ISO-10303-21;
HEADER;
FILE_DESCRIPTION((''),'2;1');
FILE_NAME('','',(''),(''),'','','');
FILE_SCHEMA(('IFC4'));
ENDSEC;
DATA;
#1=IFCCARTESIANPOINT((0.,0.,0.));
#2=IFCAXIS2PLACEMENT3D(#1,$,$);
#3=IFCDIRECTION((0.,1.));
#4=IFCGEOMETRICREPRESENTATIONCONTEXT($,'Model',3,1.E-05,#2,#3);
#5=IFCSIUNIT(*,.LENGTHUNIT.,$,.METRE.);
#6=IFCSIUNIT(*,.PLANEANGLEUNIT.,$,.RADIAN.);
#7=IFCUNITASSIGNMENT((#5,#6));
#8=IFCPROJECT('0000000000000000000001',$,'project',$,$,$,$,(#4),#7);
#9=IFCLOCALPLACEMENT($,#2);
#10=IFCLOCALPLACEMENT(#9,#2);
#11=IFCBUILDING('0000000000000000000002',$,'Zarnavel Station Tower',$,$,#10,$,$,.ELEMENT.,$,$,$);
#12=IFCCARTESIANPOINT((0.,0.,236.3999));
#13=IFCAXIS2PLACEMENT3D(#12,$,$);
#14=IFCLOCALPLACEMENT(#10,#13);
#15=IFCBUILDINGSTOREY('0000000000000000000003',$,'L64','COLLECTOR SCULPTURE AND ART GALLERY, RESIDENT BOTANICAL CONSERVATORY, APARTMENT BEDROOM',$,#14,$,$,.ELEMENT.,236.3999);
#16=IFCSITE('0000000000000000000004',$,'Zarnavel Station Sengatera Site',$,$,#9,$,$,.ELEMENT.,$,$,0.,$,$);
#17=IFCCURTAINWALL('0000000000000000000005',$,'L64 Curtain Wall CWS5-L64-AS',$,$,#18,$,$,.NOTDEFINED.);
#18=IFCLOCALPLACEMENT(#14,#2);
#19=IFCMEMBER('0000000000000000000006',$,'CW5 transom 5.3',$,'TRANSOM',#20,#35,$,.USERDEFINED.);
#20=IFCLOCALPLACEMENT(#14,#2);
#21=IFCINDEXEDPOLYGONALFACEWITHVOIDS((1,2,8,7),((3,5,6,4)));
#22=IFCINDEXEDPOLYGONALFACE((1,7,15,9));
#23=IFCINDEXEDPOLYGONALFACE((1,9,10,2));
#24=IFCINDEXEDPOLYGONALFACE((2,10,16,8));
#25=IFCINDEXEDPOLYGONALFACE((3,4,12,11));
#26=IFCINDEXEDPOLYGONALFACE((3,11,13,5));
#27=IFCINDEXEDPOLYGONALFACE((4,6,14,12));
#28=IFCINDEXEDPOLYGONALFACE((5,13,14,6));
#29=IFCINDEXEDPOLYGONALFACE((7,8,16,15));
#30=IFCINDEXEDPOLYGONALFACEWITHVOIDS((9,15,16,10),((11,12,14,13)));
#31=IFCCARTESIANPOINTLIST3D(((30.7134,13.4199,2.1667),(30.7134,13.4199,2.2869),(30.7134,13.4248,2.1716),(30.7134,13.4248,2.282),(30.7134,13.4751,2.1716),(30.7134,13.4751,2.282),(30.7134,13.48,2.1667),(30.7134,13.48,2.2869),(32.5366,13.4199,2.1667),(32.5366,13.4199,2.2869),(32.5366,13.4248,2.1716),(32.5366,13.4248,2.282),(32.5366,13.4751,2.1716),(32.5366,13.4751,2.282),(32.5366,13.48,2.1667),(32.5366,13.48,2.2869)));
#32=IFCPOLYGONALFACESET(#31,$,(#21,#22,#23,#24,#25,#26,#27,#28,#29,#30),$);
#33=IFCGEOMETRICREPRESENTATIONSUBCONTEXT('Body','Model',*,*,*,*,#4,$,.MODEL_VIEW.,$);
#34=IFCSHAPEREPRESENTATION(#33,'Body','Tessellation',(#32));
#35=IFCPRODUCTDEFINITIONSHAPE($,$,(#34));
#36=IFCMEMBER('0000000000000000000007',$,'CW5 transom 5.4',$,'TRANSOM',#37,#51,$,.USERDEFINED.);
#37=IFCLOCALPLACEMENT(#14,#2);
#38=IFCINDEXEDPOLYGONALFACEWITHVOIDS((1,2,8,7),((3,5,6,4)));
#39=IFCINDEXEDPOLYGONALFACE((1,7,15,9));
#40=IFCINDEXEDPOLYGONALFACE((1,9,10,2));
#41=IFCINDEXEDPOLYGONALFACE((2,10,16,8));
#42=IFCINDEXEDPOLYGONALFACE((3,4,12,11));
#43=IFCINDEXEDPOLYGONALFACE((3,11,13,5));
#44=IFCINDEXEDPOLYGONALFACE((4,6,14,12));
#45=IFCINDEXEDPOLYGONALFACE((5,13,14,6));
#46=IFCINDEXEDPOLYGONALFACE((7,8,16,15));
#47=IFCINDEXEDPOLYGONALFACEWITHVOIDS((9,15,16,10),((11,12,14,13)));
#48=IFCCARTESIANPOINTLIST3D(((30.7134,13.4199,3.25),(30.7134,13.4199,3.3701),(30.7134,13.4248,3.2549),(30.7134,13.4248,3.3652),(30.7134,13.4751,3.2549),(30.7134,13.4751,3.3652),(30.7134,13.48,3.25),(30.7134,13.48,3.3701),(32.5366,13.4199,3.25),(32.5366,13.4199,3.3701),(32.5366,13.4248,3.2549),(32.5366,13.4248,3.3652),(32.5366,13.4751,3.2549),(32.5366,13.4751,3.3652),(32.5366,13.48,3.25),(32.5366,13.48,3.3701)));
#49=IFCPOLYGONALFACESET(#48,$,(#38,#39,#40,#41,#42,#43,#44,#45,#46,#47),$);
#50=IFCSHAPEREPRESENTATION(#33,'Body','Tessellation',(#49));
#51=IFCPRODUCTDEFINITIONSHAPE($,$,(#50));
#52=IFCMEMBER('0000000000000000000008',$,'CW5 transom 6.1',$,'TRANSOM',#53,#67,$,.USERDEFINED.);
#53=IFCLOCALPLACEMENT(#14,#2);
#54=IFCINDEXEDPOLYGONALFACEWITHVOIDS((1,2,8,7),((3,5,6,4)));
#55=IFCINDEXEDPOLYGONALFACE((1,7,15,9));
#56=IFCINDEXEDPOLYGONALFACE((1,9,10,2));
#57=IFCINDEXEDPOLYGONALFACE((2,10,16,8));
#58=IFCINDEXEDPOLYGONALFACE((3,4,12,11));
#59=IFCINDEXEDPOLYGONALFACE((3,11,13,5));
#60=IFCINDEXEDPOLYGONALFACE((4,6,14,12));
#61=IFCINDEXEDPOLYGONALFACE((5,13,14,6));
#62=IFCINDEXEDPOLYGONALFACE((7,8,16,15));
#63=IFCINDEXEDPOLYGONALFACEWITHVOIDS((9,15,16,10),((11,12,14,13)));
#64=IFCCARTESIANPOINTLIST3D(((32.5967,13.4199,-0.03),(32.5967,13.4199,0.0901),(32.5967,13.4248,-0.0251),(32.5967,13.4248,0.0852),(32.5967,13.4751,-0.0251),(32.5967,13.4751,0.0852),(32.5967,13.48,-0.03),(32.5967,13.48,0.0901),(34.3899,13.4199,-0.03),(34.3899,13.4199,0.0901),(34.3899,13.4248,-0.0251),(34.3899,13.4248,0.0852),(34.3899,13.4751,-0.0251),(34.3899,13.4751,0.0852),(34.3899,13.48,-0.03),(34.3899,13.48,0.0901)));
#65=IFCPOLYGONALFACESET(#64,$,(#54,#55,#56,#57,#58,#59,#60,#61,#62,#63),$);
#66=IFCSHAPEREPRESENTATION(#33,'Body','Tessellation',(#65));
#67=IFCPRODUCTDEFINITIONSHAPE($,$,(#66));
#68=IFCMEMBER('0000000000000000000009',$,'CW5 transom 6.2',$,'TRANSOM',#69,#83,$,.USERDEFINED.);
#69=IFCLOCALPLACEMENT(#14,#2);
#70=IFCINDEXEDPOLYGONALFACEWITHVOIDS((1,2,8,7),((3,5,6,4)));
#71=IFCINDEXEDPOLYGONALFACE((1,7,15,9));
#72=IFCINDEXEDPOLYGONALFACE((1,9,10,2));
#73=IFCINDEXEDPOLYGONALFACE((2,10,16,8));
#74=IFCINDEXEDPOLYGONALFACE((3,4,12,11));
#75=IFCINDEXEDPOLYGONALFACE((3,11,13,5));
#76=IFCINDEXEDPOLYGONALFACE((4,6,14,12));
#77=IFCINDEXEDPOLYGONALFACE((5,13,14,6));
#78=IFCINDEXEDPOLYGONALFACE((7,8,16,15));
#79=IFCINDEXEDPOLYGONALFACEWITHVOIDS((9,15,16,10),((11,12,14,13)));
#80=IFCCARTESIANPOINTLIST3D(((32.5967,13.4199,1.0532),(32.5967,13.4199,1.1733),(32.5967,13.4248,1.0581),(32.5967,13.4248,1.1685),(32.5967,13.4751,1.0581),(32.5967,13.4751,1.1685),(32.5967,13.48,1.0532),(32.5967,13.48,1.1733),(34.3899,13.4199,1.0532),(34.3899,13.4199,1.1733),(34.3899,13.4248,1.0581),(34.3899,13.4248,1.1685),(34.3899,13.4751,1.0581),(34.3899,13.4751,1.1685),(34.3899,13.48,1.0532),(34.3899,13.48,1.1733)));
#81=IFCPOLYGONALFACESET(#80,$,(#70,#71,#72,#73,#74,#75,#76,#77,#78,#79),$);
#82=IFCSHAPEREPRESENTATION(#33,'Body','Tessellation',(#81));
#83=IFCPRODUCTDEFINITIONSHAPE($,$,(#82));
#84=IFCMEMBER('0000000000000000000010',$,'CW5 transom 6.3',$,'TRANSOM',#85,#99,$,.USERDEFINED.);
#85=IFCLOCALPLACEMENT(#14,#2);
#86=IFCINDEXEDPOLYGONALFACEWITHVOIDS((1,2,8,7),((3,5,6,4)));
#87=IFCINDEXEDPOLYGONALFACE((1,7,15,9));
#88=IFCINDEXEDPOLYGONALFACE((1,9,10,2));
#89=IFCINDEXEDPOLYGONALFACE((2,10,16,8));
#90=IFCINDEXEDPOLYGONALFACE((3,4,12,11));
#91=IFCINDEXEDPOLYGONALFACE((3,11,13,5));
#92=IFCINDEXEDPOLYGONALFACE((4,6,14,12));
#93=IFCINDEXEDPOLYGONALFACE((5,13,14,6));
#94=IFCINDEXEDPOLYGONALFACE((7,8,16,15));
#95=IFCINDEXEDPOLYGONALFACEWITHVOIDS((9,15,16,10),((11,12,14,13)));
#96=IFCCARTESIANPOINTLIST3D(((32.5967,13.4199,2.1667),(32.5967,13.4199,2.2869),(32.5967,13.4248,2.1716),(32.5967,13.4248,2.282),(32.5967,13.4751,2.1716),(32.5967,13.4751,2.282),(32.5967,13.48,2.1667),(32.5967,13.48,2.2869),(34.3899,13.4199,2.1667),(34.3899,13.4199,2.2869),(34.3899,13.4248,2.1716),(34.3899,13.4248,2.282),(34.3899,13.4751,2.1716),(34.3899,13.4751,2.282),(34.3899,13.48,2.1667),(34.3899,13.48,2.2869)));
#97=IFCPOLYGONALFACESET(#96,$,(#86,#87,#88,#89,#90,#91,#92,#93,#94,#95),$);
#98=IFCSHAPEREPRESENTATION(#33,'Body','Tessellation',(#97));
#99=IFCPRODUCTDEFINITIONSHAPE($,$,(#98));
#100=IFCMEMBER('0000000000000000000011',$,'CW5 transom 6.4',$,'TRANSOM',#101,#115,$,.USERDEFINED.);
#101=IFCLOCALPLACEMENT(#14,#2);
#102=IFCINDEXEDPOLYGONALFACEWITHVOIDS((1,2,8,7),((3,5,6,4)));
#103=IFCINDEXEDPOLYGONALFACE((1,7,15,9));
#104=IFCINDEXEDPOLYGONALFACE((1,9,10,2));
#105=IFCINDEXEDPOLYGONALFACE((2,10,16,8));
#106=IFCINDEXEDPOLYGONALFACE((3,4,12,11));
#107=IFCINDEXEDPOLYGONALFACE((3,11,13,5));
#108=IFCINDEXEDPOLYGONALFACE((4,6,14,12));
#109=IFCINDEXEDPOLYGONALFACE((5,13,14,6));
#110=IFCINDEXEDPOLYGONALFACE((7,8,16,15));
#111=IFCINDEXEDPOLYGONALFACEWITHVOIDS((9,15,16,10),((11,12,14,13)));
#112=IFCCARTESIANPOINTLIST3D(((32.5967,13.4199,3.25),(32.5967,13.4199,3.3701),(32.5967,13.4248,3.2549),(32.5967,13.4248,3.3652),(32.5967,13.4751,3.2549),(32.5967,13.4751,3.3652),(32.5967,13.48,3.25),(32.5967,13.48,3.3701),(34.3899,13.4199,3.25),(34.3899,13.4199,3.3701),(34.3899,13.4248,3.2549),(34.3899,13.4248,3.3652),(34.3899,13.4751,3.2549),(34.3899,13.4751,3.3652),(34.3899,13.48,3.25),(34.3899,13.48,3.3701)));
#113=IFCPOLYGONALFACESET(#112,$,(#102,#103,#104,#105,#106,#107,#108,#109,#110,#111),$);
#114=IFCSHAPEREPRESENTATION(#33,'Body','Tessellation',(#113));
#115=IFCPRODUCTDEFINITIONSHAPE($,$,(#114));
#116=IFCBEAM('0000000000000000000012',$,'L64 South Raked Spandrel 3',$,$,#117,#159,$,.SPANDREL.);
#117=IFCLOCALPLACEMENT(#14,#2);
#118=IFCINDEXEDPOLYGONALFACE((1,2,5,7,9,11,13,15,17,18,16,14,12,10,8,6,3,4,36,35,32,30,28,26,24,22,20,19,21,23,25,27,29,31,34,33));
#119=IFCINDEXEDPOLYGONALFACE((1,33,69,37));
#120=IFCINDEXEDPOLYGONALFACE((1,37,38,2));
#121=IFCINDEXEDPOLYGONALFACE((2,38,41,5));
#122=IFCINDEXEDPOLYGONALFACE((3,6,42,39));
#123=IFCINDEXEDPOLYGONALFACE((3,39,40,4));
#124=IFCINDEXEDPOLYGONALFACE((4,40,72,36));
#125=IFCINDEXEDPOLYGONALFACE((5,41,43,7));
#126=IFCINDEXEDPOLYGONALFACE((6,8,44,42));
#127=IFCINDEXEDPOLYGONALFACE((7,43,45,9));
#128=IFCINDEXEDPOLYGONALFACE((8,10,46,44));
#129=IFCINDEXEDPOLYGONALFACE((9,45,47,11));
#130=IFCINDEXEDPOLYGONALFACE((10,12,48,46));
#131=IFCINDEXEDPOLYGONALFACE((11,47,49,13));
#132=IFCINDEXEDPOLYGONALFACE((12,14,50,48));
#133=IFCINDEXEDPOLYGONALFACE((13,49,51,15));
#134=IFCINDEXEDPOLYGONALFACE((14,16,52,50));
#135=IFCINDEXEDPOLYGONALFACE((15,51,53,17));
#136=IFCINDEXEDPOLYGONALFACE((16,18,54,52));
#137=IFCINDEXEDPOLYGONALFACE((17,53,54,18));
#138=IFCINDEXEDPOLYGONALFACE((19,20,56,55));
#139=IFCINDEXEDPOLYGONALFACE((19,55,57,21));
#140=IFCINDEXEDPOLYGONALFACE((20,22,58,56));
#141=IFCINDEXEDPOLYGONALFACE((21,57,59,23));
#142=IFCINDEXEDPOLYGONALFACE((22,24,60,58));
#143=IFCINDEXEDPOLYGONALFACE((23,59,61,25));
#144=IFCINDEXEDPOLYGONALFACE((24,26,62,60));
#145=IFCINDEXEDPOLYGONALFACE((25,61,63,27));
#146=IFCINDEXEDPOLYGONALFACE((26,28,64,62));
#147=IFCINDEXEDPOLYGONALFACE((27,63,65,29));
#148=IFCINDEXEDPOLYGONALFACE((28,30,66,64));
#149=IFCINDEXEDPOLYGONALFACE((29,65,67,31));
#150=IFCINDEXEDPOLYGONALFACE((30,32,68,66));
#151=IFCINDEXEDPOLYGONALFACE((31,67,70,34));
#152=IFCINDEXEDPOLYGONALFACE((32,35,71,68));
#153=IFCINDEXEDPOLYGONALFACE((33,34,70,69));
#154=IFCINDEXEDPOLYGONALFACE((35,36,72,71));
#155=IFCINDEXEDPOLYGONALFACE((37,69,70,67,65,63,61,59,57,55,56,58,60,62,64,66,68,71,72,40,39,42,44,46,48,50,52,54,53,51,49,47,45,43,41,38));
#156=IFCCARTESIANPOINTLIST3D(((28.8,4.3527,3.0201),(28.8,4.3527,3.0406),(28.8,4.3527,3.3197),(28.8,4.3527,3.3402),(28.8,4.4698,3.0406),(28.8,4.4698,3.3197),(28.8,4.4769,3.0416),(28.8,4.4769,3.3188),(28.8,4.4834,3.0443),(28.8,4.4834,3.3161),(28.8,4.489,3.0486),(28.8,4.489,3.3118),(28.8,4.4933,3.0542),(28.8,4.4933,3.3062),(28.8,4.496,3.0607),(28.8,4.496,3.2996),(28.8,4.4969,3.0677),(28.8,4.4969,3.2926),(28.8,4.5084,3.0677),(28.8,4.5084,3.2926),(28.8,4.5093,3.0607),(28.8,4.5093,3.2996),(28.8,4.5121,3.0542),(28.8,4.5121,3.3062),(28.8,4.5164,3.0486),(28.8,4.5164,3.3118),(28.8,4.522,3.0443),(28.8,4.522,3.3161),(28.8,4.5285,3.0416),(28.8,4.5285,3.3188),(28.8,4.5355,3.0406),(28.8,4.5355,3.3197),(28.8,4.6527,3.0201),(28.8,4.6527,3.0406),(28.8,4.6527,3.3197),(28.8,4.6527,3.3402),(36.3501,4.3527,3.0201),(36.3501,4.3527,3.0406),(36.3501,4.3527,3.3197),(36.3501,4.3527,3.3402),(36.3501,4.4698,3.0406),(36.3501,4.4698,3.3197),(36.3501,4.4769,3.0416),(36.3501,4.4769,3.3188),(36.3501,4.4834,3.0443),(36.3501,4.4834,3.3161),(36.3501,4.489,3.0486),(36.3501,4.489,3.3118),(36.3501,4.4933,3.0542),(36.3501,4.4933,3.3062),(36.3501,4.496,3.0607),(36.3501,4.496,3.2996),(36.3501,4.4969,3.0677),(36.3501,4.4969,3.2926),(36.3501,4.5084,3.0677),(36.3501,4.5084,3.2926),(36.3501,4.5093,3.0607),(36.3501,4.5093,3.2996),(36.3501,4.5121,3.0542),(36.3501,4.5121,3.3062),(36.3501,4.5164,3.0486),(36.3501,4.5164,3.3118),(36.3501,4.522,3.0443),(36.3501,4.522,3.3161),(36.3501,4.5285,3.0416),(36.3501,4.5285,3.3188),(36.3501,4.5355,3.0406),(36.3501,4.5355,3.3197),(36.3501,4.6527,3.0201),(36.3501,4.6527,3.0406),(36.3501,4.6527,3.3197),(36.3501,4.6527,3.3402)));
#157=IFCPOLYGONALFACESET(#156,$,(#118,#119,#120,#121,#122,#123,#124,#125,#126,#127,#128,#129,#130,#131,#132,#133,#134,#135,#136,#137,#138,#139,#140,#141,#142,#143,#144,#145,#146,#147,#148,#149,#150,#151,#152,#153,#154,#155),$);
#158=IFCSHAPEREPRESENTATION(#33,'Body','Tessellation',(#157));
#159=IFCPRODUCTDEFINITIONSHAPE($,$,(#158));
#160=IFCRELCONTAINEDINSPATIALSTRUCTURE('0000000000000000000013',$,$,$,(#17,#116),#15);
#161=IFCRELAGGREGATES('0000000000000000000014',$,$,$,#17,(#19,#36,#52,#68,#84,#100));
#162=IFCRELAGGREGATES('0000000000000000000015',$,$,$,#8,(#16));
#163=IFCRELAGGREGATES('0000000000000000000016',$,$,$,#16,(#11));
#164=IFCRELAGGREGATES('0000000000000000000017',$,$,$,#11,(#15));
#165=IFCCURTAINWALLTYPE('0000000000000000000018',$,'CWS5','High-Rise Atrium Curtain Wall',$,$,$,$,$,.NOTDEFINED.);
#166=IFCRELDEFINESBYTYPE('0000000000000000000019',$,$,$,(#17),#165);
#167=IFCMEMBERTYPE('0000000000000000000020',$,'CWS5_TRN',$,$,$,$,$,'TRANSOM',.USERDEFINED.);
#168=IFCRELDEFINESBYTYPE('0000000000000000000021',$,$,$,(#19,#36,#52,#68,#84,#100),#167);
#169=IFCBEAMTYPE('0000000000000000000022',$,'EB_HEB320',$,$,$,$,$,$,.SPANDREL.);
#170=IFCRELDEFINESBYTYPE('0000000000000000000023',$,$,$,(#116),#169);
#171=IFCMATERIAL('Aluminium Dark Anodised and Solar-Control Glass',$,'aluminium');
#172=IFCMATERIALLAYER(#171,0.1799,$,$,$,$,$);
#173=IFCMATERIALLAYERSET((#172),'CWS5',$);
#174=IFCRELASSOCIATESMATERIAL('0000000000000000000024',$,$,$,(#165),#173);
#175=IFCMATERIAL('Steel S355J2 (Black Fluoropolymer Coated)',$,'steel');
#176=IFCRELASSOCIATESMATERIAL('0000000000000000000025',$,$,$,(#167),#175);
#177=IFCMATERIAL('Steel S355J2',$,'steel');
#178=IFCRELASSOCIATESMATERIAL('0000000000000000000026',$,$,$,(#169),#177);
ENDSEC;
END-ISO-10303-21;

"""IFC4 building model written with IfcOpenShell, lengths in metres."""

from ifc_helpers import new_model, si_unit, direction, frame, origin, origin_2d, place, context, subcontext, project, spatial, hollow_rectangle, i_section, extrude, material, layer, layer_set, material_profile, profile_set, type_object, element, aggregate, save


model = new_model("IFC4")

# Units and contexts
model_context = context("Model", 3, precision=1e-05, world=origin(), true_north=direction((0.0, 1.0)))
body_context = subcontext(model_context, "Body", "Model", "MODEL_VIEW")
ifc_project = project(units=[si_unit("LENGTHUNIT", "METRE"), si_unit("PLANEANGLEUNIT", "RADIAN")], contexts=[model_context])

# Site, building, storey
site_placement = place(None, origin())
site = spatial("IfcSite", under=ifc_project, at=site_placement, Name="Zarnavel Station Sengatera Site", CompositionType="ELEMENT", RefElevation=0.0)
building_placement = place(site_placement, origin())
building = spatial("IfcBuilding", under=site, at=building_placement, Name="Zarnavel Station Tower", CompositionType="ELEMENT")
storey_placement = place(building_placement, frame((0.0, 0.0, 236.3999)))
storey = spatial("IfcBuildingStorey", under=building, at=storey_placement, Name="L64", Description="COLLECTOR SCULPTURE AND ART GALLERY, RESIDENT BOTANICAL CONSERVATORY, APARTMENT BEDROOM", CompositionType="ELEMENT", Elevation=236.3999)

# Curtain wall, members
ifc_material_1 = material(Name="Aluminium Dark Anodised and Solar-Control Glass", Category="aluminium")
ifc_layer_1 = layer(ifc_material_1, 0.1799)
ifc_layer_set_1 = layer_set([ifc_layer_1], Name="CWS5")
curtain_wall_type = type_object("IfcCurtainWallType", Name="CWS5", Description="High-Rise Atrium Curtain Wall", PredefinedType="NOTDEFINED", material=ifc_layer_set_1)
curtain_wall_placement = place(storey_placement, origin())
curtain_wall = element("IfcCurtainWall", 1, at=curtain_wall_placement, inside=storey, type_object=curtain_wall_type, Name="L64 Curtain Wall CWS5-L64-AS", PredefinedType="NOTDEFINED")
ifc_material_2 = material(Name="Steel S355J2 (Black Fluoropolymer Coated)", Category="steel")
ifc_material_profile_1 = material_profile(ifc_material_2, hollow_rectangle(XDim=0.0601, YDim=0.1201, WallThickness=0.0049, at=origin_2d()), Name="RHS120x60x5")
ifc_profile_set_1 = profile_set([ifc_material_profile_1], Name="Steel S355J2 (Black Fluoropolymer Coated)")
member_type_1 = type_object("IfcMemberType", Name="CWS5_TRN", ElementType="TRANSOM", PredefinedType="USERDEFINED", material=ifc_profile_set_1)
member_1_placement = place(storey_placement, frame((30.7134, 13.45, 2.2268), z_axis=(1.0, 0.0, 0.0), x_axis=(0.0, 1.0, 0.0)))
member_1 = element("IfcMember", 2, at=member_1_placement, type_object=member_type_1, Name="CW5 transom 5.3", ObjectType="TRANSOM", PredefinedType="USERDEFINED", context=body_context, shape_type="SweptSolid", body=[
    extrude(hollow_rectangle(XDim=0.0601, YDim=0.1201, WallThickness=0.0049, at=origin_2d()), origin(), (0.0, 0.0, 1.0), 1.8232),
])
member_2_placement = place(storey_placement, frame((30.7134, 13.45, 3.3101), z_axis=(1.0, 0.0, 0.0), x_axis=(0.0, 1.0, 0.0)))
member_2 = element("IfcMember", 3, at=member_2_placement, type_object=member_type_1, Name="CW5 transom 5.4", ObjectType="TRANSOM", PredefinedType="USERDEFINED", context=body_context, shape_type="SweptSolid", body=[
    extrude(hollow_rectangle(XDim=0.0601, YDim=0.1201, WallThickness=0.0049, at=origin_2d()), origin(), (0.0, 0.0, 1.0), 1.8232),
])
member_3_placement = place(storey_placement, frame((32.5967, 13.45, 0.03), z_axis=(1.0, 0.0, 0.0), x_axis=(0.0, 1.0, 0.0)))
member_3 = element("IfcMember", 4, at=member_3_placement, type_object=member_type_1, Name="CW5 transom 6.1", ObjectType="TRANSOM", PredefinedType="USERDEFINED", context=body_context, shape_type="SweptSolid", body=[
    extrude(hollow_rectangle(XDim=0.0601, YDim=0.1201, WallThickness=0.0049, at=origin_2d()), origin(), (0.0, 0.0, 1.0), 1.7932),
])
member_4_placement = place(storey_placement, frame((32.5967, 13.45, 1.1133), z_axis=(1.0, 0.0, 0.0), x_axis=(0.0, 1.0, 0.0)))
member_4 = element("IfcMember", 5, at=member_4_placement, type_object=member_type_1, Name="CW5 transom 6.2", ObjectType="TRANSOM", PredefinedType="USERDEFINED", context=body_context, shape_type="SweptSolid", body=[
    extrude(hollow_rectangle(XDim=0.0601, YDim=0.1201, WallThickness=0.0049, at=origin_2d()), origin(), (0.0, 0.0, 1.0), 1.7932),
])
member_5_placement = place(storey_placement, frame((32.5967, 13.45, 2.2268), z_axis=(1.0, 0.0, 0.0), x_axis=(0.0, 1.0, 0.0)))
member_5 = element("IfcMember", 6, at=member_5_placement, type_object=member_type_1, Name="CW5 transom 6.3", ObjectType="TRANSOM", PredefinedType="USERDEFINED", context=body_context, shape_type="SweptSolid", body=[
    extrude(hollow_rectangle(XDim=0.0601, YDim=0.1201, WallThickness=0.0049, at=origin_2d()), origin(), (0.0, 0.0, 1.0), 1.7932),
])
member_6_placement = place(storey_placement, frame((32.5967, 13.45, 3.3101), z_axis=(1.0, 0.0, 0.0), x_axis=(0.0, 1.0, 0.0)))
member_6 = element("IfcMember", 7, at=member_6_placement, type_object=member_type_1, Name="CW5 transom 6.4", ObjectType="TRANSOM", PredefinedType="USERDEFINED", context=body_context, shape_type="SweptSolid", body=[
    extrude(hollow_rectangle(XDim=0.0601, YDim=0.1201, WallThickness=0.0049, at=origin_2d()), origin(), (0.0, 0.0, 1.0), 1.7932),
])

# Beam
ifc_material_3 = material(Name="Steel S355J2", Category="steel")
ifc_material_profile_2 = material_profile(ifc_material_3, i_section(OverallWidth=0.3, OverallDepth=0.3201, WebThickness=0.0115, FlangeThickness=0.0205, FilletRadius=0.0271, at=origin_2d()), Name="HEB320")
ifc_profile_set_2 = profile_set([ifc_material_profile_2], Name="Steel S355J2")
beam_type_1 = type_object("IfcBeamType", Name="EB_HEB320", PredefinedType="SPANDREL", material=ifc_profile_set_2)
beam_1_placement = place(storey_placement, frame((28.8, 4.5027, 3.1802), z_axis=(1.0, 0.0, 0.0), x_axis=(0.0, 1.0, 0.0)))
element("IfcBeam", 8, at=beam_1_placement, inside=storey, type_object=beam_type_1, Name="L64 South Raked Spandrel 3", PredefinedType="SPANDREL", context=body_context, shape_type="SweptSolid", body=[
    extrude(i_section(OverallWidth=0.3, OverallDepth=0.3201, WebThickness=0.0115, FlangeThickness=0.0205, FilletRadius=0.0271, at=origin_2d()), origin(), (0.0, 0.0, 1.0), 7.55),
])

aggregate(curtain_wall, [member_1, member_2, member_3, member_4, member_5, member_6])

save(model, "model.ifc")
